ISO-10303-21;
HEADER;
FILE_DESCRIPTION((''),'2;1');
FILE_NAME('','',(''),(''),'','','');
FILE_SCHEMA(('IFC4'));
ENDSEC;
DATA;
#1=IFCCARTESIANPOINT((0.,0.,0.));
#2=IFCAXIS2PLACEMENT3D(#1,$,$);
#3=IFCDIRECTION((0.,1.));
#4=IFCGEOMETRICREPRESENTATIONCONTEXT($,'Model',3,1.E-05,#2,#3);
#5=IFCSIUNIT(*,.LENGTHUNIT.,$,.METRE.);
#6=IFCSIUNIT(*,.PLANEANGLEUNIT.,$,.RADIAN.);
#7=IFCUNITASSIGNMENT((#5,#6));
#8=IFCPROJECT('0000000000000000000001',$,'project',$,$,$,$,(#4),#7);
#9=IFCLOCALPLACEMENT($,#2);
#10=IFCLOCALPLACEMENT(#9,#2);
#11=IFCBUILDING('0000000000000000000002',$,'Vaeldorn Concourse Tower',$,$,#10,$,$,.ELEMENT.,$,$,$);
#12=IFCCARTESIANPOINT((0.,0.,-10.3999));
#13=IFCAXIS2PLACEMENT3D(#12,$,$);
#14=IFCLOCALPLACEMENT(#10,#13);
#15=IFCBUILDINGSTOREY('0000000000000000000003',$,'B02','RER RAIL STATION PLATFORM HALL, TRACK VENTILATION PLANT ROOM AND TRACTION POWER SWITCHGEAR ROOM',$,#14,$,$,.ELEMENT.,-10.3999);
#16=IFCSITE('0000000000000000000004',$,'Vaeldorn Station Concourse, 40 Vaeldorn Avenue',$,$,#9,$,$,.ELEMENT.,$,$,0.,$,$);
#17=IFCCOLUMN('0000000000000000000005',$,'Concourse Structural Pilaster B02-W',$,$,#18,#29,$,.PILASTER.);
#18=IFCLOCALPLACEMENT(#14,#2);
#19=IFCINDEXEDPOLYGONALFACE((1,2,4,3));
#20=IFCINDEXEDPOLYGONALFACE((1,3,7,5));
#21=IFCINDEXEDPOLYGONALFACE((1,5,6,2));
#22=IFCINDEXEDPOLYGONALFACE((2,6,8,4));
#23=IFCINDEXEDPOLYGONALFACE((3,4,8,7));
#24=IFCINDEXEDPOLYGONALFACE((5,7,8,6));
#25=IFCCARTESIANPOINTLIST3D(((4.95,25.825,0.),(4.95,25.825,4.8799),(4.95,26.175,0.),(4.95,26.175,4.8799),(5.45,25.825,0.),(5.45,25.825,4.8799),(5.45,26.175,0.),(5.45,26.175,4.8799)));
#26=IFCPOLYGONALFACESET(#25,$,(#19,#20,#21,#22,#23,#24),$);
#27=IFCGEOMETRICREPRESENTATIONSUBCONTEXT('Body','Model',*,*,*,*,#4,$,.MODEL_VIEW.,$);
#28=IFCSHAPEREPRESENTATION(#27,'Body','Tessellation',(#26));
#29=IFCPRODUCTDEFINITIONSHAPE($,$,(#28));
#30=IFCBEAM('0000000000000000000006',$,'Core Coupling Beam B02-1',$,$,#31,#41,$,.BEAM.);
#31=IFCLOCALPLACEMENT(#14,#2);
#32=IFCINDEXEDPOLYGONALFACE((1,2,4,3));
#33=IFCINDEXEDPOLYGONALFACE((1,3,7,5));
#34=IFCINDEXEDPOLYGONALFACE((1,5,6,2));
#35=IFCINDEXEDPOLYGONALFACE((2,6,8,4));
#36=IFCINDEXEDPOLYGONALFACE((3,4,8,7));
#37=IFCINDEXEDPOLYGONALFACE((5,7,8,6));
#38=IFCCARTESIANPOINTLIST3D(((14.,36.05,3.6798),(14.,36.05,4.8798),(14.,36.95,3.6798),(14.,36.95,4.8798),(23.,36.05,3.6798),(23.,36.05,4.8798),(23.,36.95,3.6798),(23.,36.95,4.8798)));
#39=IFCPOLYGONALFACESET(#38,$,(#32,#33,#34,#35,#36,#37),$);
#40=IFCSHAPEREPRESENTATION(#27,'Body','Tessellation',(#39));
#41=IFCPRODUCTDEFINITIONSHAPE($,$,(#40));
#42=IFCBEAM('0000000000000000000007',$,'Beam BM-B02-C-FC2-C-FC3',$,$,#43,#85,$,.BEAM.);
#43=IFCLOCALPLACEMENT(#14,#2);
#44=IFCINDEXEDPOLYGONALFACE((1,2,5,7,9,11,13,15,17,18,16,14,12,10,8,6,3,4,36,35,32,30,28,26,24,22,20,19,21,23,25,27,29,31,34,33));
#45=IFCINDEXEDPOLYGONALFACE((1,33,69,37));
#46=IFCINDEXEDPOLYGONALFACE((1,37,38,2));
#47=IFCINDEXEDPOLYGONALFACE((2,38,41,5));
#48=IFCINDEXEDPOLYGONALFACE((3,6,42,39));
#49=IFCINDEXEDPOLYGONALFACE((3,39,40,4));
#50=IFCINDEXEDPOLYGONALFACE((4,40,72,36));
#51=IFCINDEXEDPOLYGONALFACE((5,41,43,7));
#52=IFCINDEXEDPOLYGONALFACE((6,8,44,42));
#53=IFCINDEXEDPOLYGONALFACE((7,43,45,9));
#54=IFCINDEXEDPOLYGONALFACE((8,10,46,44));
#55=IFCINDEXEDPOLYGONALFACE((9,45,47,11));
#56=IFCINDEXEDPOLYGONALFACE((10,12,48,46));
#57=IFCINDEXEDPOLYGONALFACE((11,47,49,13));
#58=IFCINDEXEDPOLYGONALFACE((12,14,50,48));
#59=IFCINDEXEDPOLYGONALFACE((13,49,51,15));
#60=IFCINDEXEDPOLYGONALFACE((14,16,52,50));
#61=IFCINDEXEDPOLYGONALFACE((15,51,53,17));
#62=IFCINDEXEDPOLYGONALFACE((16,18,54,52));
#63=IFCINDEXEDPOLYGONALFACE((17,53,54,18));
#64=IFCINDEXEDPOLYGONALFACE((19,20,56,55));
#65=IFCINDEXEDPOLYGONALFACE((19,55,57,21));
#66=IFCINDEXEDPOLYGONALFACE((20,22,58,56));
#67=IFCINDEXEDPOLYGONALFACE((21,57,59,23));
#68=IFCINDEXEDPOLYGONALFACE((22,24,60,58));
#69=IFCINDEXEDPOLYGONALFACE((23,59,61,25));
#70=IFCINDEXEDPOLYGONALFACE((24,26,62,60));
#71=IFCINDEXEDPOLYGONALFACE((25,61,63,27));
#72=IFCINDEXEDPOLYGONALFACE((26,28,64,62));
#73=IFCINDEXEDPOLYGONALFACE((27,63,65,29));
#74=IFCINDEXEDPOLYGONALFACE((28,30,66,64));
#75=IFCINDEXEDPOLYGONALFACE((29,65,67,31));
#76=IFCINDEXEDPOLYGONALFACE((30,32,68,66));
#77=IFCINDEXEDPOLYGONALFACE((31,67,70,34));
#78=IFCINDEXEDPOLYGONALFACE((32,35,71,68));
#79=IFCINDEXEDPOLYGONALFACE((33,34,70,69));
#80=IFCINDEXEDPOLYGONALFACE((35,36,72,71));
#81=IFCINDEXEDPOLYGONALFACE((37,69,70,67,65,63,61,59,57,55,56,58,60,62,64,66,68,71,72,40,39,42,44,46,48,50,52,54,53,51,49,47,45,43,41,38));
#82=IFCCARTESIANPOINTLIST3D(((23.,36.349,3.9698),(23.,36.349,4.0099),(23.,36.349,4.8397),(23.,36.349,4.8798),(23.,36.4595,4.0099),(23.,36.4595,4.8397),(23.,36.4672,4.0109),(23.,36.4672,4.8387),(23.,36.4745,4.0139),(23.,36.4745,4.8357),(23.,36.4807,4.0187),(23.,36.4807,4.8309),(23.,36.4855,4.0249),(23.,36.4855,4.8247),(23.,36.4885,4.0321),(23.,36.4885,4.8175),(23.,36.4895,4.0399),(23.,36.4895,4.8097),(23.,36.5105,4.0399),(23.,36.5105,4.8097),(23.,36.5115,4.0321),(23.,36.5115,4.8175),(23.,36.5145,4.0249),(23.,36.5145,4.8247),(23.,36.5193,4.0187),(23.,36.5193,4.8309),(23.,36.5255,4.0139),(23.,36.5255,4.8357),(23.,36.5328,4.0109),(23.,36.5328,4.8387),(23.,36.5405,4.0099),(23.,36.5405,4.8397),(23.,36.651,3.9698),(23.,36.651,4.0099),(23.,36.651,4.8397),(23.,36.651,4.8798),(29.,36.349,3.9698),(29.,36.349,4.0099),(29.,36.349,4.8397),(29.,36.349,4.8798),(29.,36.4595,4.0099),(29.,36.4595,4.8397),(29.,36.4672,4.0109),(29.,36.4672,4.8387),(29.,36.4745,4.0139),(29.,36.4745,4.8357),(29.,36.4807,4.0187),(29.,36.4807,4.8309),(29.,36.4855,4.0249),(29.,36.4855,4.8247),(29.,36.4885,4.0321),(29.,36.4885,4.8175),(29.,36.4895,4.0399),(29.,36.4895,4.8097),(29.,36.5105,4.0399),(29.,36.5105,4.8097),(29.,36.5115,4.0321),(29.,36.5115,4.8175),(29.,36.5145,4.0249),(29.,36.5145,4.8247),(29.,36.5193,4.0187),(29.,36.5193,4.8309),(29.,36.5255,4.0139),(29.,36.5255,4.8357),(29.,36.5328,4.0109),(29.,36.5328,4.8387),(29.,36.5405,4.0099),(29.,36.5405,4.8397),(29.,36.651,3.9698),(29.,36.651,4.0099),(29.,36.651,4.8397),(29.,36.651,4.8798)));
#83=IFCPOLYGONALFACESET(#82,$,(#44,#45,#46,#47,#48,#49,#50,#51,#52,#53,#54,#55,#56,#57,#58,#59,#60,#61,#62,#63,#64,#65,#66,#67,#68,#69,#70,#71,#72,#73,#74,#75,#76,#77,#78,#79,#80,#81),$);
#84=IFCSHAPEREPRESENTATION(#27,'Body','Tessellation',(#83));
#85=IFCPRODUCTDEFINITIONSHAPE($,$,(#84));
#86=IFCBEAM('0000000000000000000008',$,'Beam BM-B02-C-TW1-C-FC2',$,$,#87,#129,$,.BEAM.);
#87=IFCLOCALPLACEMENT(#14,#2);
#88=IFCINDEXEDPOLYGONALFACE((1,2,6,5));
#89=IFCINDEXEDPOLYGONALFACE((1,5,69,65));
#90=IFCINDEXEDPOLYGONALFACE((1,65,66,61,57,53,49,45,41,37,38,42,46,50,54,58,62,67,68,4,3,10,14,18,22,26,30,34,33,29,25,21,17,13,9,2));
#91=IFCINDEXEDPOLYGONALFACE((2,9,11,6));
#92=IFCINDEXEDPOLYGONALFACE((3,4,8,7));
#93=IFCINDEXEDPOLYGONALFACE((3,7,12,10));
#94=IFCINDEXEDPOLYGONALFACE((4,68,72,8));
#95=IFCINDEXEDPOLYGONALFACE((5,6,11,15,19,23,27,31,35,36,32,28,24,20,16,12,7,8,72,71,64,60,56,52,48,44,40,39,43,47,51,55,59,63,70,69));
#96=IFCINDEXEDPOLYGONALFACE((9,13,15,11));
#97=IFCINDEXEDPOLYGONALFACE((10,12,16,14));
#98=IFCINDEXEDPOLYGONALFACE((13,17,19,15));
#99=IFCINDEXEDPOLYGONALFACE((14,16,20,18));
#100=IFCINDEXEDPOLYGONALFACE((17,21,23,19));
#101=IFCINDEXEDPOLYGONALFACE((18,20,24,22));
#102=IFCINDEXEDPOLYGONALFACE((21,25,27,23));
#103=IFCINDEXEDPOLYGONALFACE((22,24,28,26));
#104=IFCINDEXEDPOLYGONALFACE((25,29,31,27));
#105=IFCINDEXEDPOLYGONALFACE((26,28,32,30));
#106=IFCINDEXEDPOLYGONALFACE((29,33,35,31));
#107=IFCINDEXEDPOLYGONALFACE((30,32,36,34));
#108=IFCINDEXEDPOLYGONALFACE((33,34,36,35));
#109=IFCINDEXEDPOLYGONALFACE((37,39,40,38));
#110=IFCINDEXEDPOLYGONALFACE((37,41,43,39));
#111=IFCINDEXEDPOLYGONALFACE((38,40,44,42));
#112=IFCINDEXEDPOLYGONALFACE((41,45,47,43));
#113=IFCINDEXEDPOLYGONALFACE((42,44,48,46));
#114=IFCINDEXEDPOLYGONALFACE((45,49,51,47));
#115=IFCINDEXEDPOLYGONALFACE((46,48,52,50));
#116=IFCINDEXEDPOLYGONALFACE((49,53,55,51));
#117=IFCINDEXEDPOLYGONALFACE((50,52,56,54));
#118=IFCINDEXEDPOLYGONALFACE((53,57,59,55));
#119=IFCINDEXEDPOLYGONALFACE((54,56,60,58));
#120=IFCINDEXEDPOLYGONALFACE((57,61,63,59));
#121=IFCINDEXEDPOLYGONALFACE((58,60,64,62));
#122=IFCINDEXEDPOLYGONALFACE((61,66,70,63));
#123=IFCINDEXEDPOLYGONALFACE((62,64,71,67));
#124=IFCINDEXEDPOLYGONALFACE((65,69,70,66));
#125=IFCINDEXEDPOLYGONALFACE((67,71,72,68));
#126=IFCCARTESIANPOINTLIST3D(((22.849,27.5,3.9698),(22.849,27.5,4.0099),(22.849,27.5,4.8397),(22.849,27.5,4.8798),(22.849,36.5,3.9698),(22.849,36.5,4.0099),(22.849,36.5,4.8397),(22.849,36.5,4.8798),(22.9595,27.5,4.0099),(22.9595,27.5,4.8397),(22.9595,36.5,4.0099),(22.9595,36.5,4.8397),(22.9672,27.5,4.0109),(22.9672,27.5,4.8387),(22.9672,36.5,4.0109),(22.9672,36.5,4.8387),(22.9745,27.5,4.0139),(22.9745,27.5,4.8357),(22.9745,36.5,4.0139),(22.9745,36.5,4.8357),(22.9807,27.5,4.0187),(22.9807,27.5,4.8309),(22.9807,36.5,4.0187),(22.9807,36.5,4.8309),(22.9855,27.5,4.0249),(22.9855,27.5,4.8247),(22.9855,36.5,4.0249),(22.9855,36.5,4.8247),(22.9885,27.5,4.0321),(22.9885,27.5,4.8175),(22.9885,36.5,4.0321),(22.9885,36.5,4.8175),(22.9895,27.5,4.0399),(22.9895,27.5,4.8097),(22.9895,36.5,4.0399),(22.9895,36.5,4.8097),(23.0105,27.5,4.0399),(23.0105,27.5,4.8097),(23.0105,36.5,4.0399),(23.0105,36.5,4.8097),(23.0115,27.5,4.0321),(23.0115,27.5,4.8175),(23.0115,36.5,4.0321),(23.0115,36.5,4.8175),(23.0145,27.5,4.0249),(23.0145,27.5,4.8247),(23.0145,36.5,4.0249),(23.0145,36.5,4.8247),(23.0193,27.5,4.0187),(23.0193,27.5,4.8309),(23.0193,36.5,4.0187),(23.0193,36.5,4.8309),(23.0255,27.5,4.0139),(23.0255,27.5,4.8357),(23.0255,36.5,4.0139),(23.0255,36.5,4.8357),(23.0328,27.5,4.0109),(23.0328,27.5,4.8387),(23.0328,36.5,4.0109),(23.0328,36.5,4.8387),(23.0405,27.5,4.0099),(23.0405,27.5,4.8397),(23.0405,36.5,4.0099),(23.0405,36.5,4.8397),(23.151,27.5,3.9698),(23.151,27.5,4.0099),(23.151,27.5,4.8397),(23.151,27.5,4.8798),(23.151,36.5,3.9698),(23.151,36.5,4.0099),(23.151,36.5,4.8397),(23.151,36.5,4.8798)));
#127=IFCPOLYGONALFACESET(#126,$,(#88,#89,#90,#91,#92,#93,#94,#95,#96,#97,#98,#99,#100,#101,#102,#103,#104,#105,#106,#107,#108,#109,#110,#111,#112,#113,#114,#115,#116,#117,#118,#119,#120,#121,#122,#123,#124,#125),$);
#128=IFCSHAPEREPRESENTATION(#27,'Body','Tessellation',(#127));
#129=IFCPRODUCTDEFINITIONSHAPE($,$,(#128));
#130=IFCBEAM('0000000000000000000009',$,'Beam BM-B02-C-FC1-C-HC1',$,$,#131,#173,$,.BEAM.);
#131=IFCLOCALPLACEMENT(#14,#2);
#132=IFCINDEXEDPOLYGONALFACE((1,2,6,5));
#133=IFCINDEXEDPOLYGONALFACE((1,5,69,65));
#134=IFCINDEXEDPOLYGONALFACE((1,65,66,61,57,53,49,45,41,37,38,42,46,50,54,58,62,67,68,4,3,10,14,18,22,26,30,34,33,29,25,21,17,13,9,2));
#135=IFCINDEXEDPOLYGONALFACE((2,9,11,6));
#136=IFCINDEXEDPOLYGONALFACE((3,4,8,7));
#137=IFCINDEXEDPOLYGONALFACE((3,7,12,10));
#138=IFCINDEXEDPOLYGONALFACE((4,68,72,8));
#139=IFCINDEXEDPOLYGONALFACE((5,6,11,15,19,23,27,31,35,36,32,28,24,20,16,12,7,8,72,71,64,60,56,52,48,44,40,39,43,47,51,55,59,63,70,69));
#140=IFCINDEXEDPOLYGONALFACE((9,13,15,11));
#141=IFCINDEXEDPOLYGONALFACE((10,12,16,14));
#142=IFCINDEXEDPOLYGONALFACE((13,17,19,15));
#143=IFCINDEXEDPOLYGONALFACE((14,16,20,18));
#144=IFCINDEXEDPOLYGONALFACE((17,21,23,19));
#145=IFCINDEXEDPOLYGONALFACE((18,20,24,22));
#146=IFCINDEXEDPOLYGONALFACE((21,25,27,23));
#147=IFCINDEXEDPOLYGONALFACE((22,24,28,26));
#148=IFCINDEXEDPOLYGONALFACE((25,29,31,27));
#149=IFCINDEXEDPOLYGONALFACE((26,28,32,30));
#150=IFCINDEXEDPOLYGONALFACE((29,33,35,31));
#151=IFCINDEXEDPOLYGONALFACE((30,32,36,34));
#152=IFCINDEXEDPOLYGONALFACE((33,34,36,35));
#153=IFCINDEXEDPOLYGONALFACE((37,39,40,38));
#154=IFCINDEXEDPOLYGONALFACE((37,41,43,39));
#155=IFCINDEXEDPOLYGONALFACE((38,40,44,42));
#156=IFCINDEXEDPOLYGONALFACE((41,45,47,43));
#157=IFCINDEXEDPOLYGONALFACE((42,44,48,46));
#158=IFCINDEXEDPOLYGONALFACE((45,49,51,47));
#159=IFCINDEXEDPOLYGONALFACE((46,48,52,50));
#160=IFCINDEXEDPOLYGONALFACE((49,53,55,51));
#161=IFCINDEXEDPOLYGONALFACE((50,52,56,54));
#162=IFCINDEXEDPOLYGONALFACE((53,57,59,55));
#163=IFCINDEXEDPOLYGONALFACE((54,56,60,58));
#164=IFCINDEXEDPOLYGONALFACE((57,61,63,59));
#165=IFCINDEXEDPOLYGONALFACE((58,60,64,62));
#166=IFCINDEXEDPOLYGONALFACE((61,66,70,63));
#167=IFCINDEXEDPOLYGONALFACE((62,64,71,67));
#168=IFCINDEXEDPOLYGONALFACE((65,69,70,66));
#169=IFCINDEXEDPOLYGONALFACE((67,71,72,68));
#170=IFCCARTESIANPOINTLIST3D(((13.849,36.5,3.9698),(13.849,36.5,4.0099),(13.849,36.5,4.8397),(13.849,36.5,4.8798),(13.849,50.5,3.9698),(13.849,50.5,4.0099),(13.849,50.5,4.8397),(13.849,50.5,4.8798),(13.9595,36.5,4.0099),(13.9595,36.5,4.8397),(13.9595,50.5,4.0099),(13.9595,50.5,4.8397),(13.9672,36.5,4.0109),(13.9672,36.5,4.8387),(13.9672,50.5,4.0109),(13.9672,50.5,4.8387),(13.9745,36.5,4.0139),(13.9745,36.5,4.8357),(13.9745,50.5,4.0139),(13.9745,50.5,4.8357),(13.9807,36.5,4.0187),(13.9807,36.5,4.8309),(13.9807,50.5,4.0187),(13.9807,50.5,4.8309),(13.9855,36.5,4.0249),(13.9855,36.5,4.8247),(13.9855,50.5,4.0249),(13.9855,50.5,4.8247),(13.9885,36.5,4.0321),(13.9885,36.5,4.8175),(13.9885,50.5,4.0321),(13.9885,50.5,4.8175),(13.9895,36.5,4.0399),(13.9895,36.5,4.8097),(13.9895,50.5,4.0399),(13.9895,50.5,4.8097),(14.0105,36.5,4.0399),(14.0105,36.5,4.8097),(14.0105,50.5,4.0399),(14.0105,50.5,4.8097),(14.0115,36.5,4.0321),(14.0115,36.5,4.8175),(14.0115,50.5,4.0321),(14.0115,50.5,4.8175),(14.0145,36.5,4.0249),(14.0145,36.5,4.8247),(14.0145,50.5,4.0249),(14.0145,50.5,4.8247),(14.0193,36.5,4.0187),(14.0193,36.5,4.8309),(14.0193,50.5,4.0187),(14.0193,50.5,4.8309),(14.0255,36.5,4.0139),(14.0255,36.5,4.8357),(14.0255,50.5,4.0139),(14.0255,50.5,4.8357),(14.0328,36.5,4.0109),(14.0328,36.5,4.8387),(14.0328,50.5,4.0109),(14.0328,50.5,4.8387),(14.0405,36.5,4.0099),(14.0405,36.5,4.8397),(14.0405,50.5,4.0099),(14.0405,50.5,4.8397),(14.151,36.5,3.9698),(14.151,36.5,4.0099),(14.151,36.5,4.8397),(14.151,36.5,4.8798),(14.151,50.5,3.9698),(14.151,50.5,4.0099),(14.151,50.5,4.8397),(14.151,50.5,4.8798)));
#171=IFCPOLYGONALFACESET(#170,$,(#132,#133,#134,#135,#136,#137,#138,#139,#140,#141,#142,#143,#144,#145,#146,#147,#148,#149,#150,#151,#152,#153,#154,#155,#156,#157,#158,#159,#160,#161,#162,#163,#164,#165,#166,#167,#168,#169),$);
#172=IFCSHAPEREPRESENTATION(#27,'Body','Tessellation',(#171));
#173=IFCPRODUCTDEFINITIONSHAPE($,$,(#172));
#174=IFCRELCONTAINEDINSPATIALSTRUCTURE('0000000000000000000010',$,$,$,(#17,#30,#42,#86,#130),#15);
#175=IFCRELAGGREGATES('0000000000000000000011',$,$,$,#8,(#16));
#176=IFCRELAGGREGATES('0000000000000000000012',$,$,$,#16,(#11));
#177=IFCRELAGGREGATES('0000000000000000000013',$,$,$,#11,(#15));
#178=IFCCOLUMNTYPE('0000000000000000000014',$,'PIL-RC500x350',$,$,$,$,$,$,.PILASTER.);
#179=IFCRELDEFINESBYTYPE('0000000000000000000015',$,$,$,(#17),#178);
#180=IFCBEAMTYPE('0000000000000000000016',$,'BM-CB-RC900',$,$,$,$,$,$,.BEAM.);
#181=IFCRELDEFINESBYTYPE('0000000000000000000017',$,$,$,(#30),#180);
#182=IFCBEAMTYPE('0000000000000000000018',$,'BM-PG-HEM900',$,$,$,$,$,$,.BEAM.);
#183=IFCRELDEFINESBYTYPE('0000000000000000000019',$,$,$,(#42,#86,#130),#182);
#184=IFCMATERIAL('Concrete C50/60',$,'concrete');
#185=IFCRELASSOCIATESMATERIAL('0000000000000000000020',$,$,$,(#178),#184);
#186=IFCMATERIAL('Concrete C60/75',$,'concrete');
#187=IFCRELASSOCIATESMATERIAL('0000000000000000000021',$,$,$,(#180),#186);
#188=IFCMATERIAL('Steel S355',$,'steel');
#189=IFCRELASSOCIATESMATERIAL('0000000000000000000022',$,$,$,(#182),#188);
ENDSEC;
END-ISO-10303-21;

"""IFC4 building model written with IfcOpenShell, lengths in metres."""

from ifc_helpers import new_model, si_unit, direction, frame, origin, origin_2d, place, context, subcontext, project, spatial, rectangle, i_section, extrude, source, transform, mapped, material, material_profile, profile_set, type_object, element, save


model = new_model("IFC4")

# Units and contexts
model_context = context("Model", 3, precision=1e-05, world=origin(), true_north=direction((0.0, 1.0)))
body_context = subcontext(model_context, "Body", "Model", "MODEL_VIEW")
ifc_project = project(units=[si_unit("LENGTHUNIT", "METRE"), si_unit("PLANEANGLEUNIT", "RADIAN")], contexts=[model_context])

# Site, building, storey
site_placement = place(None, origin())
site = spatial("IfcSite", under=ifc_project, at=site_placement, Name="Vaeldorn Station Concourse, 40 Vaeldorn Avenue", CompositionType="ELEMENT", RefElevation=0.0)
building_placement = place(site_placement, origin())
building = spatial("IfcBuilding", under=site, at=building_placement, Name="Vaeldorn Concourse Tower", CompositionType="ELEMENT")
storey_placement = place(building_placement, frame((0.0, 0.0, -10.3999)))
storey = spatial("IfcBuildingStorey", under=building, at=storey_placement, Name="B02", Description="RER RAIL STATION PLATFORM HALL, TRACK VENTILATION PLANT ROOM AND TRACTION POWER SWITCHGEAR ROOM", CompositionType="ELEMENT", Elevation=-10.3999)

# Column
ifc_material_1 = material(Name="Concrete C60/75", Category="concrete")
ifc_material_2 = material(Name="Concrete C50/60", Category="concrete")
ifc_material_profile_1 = material_profile(ifc_material_2, rectangle(XDim=0.5, YDim=0.3501, at=origin_2d()), Name="RC 500x350")
ifc_profile_set_1 = profile_set([ifc_material_profile_1], Name="Concrete C50/60")
column_type_1 = type_object("IfcColumnType", Name="PIL-RC500x350", PredefinedType="PILASTER", material=ifc_profile_set_1)
shared_shape_1 = source(origin(), body_context, "Body", "SweptSolid", [
    extrude(rectangle(XDim=0.5, YDim=0.3501, at=origin_2d()), origin(), (0.0, 0.0, 1.0), 4.8799),
])
column_1_placement = place(storey_placement, frame((5.2, 26.0, 0.0), z_axis=(0.0, 0.0, 1.0), x_axis=(1.0, 0.0, 0.0)))
element("IfcColumn", 1, at=column_1_placement, inside=storey, type_object=column_type_1, Name="Concourse Structural Pilaster B02-W", PredefinedType="PILASTER", context=body_context, shape_type="MappedRepresentation", body=[
    mapped(shared_shape_1, transform((0.0, 0.0, 0.0), scale=1.0)),
])

# Beams
ifc_material_profile_2 = material_profile(ifc_material_1, rectangle(XDim=0.8999, YDim=1.2, at=origin_2d()), Name="RC 900x1200")
ifc_profile_set_2 = profile_set([ifc_material_profile_2], Name="Concrete C60/75")
beam_type_1 = type_object("IfcBeamType", Name="BM-CB-RC900", PredefinedType="BEAM", material=ifc_profile_set_2)
shared_shape_2 = source(origin(), body_context, "Body", "SweptSolid", [
    extrude(rectangle(XDim=0.8999, YDim=1.2, at=origin_2d()), origin(), (0.0, 0.0, 1.0), 9.0),
])
beam_1_placement = place(storey_placement, frame((14.0, 36.5, 4.2798), z_axis=(1.0, 0.0, 0.0), x_axis=(0.0, 1.0, 0.0)))
element("IfcBeam", 2, at=beam_1_placement, inside=storey, type_object=beam_type_1, Name="Core Coupling Beam B02-1", PredefinedType="BEAM", context=body_context, shape_type="MappedRepresentation", body=[
    mapped(shared_shape_2, transform((0.0, 0.0, 0.0), scale=1.0)),
])
ifc_material_3 = material(Name="Steel S355", Category="steel")
ifc_material_profile_3 = material_profile(ifc_material_3, i_section(OverallWidth=0.302, OverallDepth=0.9099, WebThickness=0.021, FlangeThickness=0.04, FilletRadius=0.03, at=origin_2d()), Name="HEM 900")
ifc_profile_set_3 = profile_set([ifc_material_profile_3], Name="Steel S355")
beam_type_2 = type_object("IfcBeamType", Name="BM-PG-HEM900", PredefinedType="BEAM", material=ifc_profile_set_3)
shared_shape_3 = source(origin(), body_context, "Body", "SweptSolid", [
    extrude(i_section(OverallWidth=0.302, OverallDepth=0.9099, WebThickness=0.021, FlangeThickness=0.04, FilletRadius=0.03, at=origin_2d()), origin(), (0.0, 0.0, 1.0), 6.0),
])
beam_2_placement = place(storey_placement, frame((23.0, 36.5, 4.4248), z_axis=(1.0, 0.0, 0.0), x_axis=(0.0, 1.0, 0.0)))
element("IfcBeam", 3, at=beam_2_placement, inside=storey, type_object=beam_type_2, Name="Beam BM-B02-C-FC2-C-FC3", PredefinedType="BEAM", context=body_context, shape_type="MappedRepresentation", body=[
    mapped(shared_shape_3, transform((0.0, 0.0, 0.0), scale=1.0)),
])
shared_shape_4 = source(origin(), body_context, "Body", "SweptSolid", [
    extrude(i_section(OverallWidth=0.302, OverallDepth=0.9099, WebThickness=0.021, FlangeThickness=0.04, FilletRadius=0.03, at=origin_2d()), origin(), (0.0, 0.0, 1.0), 9.0),
])
beam_3_placement = place(storey_placement, frame((23.0, 27.5, 4.4248), z_axis=(0.0, 1.0, 0.0), x_axis=(-1.0, 0.0, 0.0)))
element("IfcBeam", 4, at=beam_3_placement, inside=storey, type_object=beam_type_2, Name="Beam BM-B02-C-TW1-C-FC2", PredefinedType="BEAM", context=body_context, shape_type="MappedRepresentation", body=[
    mapped(shared_shape_4, transform((0.0, 0.0, 0.0), scale=1.0)),
])
shared_shape_5 = source(origin(), body_context, "Body", "SweptSolid", [
    extrude(i_section(OverallWidth=0.302, OverallDepth=0.9099, WebThickness=0.021, FlangeThickness=0.04, FilletRadius=0.03, at=origin_2d()), origin(), (0.0, 0.0, 1.0), 14.0),
])
for number, where, z_axis, x_axis, name in (
    (5, (14.0, 36.5, 4.4248), (0.0, 1.0, 0.0), (-1.0, 0.0, 0.0), "Beam BM-B02-C-FC1-C-HC1"),
):
    element("IfcBeam", number, at=place(storey_placement, frame(where, z_axis=z_axis, x_axis=x_axis)), inside=storey, type_object=beam_type_2, Name=name, PredefinedType="BEAM", context=body_context, shape_type="MappedRepresentation", body=[
        mapped(shared_shape_5, transform((0.0, 0.0, 0.0), scale=1.0)),
    ])

save(model, "model.ifc")
